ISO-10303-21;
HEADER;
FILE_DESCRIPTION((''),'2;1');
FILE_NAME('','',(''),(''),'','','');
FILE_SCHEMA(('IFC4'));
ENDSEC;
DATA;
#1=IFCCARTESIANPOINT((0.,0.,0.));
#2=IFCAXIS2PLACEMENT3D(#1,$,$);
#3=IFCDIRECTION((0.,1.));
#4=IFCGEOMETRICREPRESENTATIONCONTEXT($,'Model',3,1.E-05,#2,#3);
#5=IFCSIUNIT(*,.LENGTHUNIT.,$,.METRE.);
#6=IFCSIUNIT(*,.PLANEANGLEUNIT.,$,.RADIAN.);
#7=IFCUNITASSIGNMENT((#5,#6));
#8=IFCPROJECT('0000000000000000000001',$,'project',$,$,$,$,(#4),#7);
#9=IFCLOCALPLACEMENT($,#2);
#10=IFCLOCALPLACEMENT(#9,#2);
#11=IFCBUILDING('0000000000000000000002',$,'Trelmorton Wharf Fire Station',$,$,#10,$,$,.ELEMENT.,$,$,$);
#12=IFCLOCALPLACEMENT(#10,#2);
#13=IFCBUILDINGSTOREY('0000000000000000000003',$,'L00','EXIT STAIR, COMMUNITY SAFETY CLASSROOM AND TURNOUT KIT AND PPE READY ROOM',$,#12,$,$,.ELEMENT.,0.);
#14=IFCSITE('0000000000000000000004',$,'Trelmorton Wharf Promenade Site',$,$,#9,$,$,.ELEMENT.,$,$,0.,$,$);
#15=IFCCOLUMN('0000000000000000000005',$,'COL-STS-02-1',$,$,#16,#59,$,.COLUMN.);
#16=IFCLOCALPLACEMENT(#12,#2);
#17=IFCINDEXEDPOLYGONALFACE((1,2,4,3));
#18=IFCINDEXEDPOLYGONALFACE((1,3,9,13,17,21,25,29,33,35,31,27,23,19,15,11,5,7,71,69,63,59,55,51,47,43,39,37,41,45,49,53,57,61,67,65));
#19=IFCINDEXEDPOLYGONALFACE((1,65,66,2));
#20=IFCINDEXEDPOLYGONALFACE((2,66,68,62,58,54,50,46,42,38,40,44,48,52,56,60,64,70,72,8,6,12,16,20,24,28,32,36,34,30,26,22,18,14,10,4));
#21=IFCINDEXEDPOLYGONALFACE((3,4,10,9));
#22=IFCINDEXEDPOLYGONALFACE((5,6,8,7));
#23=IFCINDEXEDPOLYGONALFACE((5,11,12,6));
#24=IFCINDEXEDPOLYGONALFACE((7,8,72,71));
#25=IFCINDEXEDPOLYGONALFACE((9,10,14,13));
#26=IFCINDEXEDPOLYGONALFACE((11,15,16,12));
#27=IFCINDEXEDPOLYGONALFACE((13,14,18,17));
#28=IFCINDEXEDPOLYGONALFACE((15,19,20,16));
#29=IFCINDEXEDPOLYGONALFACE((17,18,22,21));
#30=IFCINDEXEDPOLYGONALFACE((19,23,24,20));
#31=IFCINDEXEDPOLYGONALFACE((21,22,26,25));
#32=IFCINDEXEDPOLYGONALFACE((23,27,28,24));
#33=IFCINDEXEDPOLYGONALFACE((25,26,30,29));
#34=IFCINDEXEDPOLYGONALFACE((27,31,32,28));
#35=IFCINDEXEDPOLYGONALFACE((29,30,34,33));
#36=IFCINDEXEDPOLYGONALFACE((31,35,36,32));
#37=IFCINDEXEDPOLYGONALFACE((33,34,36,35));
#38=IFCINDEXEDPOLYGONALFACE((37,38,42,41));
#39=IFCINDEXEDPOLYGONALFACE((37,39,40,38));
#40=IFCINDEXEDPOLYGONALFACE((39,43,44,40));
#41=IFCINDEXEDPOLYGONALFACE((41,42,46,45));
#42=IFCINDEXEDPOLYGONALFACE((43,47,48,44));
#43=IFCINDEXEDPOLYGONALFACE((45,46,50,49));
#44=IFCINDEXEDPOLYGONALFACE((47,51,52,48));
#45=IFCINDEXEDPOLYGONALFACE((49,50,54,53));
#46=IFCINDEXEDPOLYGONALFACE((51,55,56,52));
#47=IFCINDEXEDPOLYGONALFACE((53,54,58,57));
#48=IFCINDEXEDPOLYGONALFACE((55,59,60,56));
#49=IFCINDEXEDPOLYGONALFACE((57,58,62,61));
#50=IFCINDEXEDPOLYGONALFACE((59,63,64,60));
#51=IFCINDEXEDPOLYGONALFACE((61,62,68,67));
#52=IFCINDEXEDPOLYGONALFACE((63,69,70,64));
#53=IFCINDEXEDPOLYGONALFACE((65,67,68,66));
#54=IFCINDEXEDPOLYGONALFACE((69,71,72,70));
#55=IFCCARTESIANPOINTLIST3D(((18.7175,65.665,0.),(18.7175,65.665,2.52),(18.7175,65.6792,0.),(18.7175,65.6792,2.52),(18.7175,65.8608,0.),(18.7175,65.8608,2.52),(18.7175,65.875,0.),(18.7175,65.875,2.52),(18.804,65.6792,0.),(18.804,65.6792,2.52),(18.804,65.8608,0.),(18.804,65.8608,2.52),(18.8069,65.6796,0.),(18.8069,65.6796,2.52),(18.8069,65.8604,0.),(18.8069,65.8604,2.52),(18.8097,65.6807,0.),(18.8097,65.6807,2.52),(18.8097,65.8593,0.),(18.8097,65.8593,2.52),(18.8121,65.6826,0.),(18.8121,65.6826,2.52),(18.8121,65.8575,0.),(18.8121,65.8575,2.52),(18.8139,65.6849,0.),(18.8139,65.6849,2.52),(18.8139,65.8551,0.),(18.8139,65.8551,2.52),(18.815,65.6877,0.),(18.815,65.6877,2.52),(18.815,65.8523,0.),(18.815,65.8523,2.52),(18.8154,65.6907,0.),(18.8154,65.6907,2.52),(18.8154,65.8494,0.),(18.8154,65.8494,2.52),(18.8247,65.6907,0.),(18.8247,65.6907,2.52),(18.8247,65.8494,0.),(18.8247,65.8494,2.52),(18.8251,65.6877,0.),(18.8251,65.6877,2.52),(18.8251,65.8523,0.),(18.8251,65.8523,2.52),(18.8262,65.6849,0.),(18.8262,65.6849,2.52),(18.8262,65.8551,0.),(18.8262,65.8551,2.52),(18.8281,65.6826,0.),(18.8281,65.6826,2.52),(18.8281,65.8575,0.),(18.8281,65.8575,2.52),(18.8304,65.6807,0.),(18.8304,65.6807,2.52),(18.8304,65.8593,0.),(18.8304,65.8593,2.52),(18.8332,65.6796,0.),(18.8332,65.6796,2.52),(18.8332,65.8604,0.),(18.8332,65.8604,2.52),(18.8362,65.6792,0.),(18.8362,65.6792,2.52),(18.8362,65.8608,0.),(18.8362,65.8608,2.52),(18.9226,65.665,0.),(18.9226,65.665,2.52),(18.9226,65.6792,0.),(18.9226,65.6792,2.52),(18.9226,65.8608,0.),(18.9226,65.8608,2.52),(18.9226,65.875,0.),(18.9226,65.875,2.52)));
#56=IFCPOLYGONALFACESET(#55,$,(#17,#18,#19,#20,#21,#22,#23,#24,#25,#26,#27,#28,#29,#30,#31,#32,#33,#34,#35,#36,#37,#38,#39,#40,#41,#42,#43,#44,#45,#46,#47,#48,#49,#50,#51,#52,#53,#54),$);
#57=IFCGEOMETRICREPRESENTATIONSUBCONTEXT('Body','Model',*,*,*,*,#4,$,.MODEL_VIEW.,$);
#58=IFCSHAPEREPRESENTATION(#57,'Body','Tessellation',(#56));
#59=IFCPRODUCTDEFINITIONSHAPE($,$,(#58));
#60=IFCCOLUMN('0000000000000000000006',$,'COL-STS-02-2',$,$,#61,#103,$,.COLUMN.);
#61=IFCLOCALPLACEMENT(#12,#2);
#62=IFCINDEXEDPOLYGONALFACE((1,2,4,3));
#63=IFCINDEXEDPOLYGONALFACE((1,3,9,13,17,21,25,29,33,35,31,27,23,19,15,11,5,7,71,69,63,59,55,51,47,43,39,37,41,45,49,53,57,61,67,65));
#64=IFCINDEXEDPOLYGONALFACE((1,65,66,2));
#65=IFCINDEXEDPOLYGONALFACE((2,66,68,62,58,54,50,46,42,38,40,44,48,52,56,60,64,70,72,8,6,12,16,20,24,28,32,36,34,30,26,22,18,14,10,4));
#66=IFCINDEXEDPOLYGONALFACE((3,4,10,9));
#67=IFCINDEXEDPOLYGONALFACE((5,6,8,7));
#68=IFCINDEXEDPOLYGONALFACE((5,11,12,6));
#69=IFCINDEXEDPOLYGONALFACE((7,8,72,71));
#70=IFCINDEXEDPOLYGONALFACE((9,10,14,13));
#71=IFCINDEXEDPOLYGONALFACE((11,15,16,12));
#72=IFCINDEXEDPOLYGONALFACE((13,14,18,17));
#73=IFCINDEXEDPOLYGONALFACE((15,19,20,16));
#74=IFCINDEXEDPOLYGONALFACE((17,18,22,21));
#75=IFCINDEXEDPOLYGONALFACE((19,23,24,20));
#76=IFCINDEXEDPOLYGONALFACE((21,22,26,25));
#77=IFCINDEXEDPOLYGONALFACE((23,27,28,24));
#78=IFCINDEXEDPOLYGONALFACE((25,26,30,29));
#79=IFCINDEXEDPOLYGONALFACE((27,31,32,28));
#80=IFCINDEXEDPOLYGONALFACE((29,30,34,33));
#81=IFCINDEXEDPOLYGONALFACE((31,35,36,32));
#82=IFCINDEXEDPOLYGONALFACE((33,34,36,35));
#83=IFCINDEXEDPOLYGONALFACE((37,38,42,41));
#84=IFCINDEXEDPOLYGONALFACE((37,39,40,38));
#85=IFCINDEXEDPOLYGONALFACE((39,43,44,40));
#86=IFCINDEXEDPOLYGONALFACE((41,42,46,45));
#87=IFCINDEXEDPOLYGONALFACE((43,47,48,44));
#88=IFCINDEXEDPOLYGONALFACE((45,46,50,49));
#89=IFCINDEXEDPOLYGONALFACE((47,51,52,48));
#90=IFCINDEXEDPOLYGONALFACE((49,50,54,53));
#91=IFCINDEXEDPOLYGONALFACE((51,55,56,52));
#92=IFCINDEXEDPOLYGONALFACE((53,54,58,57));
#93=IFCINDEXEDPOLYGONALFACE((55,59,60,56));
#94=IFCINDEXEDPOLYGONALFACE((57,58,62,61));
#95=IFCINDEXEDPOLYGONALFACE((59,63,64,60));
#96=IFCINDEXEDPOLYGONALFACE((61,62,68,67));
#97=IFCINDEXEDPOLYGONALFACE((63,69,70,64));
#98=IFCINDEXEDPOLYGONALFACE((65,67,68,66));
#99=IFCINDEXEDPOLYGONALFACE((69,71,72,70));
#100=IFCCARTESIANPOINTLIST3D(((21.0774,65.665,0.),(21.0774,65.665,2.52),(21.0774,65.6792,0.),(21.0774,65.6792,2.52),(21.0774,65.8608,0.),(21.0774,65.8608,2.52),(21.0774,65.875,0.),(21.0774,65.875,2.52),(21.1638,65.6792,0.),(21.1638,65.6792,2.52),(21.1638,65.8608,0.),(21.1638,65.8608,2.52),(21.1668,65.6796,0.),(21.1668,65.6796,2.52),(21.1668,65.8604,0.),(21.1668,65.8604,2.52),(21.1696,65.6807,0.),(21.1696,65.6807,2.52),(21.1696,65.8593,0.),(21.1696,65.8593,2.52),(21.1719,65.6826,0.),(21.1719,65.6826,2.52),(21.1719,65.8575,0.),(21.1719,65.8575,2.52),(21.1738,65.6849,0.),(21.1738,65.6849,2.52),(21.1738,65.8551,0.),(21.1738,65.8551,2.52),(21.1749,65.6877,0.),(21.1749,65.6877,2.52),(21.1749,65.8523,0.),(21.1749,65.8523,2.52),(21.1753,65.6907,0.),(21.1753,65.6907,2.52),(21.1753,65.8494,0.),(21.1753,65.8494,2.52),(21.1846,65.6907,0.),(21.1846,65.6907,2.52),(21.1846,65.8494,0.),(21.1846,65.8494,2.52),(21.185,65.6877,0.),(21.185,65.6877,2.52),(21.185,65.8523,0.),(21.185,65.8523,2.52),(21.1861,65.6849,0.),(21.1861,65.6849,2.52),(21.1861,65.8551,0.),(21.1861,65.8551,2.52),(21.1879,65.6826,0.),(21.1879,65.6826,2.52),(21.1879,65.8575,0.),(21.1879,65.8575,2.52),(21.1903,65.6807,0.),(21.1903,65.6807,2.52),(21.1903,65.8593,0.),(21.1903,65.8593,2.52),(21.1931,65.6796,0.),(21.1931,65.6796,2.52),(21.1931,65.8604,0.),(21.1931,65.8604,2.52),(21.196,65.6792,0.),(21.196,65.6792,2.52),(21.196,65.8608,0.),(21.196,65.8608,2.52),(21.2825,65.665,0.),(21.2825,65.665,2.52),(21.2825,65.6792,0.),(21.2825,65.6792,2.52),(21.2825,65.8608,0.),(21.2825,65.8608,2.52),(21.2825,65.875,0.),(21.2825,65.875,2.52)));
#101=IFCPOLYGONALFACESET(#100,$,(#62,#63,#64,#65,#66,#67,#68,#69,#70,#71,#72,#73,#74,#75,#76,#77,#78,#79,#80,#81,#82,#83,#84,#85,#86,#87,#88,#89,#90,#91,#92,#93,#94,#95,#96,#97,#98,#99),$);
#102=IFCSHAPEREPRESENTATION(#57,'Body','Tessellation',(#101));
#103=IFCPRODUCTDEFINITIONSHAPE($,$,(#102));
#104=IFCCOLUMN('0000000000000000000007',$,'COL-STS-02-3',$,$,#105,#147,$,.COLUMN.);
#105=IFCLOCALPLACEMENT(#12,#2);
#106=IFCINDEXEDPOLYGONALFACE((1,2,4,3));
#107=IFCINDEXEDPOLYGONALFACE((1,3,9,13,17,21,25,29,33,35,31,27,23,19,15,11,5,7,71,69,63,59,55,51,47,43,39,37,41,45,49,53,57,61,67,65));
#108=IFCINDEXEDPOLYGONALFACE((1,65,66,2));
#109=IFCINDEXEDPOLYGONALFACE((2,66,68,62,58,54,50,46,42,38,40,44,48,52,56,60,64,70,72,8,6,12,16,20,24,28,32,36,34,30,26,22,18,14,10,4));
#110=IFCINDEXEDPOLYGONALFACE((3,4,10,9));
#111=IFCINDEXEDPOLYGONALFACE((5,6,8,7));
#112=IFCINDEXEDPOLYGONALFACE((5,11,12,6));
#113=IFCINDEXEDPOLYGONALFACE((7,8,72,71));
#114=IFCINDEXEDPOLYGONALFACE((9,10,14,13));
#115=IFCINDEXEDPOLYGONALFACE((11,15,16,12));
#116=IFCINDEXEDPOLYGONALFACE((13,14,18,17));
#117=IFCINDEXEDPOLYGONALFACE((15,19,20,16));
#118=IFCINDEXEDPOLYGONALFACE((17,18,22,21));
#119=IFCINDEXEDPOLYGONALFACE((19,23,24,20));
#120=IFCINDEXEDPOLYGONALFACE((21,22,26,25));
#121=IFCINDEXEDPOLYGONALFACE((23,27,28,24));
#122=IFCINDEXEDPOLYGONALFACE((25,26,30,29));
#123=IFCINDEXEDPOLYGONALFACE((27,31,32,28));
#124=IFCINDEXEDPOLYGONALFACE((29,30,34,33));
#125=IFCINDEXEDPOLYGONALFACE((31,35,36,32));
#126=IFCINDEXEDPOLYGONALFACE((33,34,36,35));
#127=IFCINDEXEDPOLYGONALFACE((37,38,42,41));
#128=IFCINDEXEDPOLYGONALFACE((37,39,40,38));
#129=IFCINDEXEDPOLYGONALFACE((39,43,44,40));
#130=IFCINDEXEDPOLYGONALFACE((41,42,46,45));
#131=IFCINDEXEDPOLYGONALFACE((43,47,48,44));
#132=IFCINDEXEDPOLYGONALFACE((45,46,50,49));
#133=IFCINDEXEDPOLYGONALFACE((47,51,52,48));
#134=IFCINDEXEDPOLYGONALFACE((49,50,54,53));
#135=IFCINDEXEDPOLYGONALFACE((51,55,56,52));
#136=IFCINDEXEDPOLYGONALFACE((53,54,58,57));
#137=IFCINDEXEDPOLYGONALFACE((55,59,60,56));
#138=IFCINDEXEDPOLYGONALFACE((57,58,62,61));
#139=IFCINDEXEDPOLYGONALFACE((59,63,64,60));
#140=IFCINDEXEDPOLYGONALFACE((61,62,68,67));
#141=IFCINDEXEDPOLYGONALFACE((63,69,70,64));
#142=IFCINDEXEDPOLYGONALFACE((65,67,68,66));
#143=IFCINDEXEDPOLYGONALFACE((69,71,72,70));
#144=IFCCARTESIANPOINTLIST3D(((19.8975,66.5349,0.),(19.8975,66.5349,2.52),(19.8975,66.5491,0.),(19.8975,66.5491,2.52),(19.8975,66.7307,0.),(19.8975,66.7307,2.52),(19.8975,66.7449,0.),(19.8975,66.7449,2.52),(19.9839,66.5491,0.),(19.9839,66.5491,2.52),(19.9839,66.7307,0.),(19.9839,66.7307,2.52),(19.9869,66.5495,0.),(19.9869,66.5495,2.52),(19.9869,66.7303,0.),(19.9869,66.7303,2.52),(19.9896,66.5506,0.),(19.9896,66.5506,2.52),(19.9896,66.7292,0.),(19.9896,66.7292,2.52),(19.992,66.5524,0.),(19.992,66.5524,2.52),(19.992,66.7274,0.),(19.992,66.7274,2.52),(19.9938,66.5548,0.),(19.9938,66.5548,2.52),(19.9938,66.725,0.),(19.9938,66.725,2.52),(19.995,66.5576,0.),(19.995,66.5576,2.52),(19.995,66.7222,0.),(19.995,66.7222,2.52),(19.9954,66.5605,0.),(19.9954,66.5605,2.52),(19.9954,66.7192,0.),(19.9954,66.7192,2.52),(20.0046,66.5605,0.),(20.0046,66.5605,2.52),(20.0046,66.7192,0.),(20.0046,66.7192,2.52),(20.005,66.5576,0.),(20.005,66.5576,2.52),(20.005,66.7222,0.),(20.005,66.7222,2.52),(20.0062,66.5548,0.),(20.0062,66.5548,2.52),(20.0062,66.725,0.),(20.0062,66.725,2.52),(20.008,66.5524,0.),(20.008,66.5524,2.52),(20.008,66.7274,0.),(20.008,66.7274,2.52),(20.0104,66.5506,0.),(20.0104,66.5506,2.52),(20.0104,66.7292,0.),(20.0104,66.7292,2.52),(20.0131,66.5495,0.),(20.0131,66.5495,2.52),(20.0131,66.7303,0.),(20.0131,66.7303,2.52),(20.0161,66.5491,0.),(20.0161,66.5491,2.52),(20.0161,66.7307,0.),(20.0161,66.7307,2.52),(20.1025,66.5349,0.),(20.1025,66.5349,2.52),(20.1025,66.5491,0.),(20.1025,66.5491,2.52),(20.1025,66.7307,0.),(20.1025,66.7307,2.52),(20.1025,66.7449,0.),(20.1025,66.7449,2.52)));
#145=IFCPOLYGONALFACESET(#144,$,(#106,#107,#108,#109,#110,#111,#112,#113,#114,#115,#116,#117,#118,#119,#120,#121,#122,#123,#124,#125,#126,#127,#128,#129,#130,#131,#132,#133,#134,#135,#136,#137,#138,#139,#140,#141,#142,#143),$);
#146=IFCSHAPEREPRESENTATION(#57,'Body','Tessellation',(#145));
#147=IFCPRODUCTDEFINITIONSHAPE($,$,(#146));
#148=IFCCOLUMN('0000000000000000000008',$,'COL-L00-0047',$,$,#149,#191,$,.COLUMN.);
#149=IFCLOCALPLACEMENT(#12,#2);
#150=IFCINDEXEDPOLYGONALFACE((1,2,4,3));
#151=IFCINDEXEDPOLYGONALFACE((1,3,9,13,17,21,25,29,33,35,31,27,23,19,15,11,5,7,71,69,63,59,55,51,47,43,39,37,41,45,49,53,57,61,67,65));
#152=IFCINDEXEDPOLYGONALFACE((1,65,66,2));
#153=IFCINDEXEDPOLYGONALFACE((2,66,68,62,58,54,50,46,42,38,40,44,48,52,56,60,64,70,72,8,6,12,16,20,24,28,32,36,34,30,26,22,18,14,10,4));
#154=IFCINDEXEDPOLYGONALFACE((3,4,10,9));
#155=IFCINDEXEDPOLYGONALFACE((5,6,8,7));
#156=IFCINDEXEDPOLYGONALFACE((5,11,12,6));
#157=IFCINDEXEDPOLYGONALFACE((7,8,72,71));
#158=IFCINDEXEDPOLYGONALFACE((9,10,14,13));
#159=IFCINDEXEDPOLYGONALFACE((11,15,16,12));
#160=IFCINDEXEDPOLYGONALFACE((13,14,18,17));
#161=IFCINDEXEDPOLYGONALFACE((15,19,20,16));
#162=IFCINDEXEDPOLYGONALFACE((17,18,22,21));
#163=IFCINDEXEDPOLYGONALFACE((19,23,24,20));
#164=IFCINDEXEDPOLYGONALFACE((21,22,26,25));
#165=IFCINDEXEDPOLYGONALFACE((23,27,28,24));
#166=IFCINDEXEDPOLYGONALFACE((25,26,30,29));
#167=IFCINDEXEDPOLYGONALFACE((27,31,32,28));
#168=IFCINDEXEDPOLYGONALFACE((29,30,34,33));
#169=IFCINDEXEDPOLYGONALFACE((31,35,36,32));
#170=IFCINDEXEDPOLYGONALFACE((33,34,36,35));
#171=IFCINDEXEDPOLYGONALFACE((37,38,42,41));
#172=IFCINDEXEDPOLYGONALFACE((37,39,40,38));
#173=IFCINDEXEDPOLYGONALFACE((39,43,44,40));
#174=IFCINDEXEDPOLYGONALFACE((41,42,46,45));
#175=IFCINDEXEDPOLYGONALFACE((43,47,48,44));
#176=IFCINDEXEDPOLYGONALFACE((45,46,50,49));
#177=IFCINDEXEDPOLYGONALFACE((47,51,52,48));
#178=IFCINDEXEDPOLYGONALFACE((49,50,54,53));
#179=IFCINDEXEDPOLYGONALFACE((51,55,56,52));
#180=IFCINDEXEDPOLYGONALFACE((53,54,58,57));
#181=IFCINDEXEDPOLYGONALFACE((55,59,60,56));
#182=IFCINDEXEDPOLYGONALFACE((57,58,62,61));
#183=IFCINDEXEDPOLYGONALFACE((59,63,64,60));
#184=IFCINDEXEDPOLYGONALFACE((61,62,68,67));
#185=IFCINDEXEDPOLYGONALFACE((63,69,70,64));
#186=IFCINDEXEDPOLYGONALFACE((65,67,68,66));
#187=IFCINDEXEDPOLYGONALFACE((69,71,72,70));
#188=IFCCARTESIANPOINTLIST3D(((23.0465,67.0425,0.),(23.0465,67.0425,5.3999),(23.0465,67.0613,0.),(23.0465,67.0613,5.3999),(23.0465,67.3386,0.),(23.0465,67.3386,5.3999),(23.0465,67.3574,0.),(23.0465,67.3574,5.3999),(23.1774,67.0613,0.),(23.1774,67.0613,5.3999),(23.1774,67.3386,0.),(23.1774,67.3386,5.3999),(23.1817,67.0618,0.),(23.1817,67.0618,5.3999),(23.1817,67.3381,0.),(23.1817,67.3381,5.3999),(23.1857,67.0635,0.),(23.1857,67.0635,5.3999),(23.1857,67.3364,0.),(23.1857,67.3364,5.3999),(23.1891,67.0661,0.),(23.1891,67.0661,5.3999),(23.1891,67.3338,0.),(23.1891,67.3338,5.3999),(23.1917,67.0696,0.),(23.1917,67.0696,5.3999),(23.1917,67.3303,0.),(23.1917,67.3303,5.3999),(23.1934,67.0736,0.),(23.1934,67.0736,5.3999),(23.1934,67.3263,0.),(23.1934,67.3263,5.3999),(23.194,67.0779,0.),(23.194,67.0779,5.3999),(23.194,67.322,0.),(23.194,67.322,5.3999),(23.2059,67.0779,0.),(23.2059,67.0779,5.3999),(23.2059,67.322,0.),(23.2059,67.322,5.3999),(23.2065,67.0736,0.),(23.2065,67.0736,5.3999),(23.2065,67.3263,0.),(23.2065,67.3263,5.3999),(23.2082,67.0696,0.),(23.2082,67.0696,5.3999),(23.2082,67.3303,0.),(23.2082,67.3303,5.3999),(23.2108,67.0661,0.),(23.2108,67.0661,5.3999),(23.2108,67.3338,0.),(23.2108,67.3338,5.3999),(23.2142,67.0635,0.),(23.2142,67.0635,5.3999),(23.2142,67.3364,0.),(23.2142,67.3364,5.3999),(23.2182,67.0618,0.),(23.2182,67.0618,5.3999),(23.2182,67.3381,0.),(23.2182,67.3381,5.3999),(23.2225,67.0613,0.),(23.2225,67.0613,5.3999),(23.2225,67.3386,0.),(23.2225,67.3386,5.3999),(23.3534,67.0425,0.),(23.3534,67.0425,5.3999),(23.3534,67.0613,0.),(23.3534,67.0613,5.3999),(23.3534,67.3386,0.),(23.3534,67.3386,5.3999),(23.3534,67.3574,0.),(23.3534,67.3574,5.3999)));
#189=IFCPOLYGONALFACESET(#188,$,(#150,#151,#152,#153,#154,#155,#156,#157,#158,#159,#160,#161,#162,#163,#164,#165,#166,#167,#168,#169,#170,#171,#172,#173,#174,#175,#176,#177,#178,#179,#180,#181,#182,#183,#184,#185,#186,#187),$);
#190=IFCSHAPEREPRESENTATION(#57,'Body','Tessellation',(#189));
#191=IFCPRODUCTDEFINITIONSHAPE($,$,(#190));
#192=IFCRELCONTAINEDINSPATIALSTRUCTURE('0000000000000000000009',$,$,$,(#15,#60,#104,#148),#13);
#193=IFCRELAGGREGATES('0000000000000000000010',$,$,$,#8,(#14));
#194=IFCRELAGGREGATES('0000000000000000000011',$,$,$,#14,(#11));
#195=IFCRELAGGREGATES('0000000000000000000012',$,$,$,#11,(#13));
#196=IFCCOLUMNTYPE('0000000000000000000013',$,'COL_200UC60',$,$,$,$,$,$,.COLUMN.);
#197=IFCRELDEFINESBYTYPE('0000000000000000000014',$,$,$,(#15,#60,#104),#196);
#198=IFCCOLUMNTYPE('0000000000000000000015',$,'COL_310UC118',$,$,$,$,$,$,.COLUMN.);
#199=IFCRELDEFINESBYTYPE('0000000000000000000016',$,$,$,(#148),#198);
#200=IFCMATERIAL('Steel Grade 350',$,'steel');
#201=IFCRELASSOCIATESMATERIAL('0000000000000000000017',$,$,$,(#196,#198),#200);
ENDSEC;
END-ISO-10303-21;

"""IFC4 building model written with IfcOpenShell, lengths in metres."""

from ifc_helpers import new_model, si_unit, direction, frame, origin, origin_2d, place, context, subcontext, project, spatial, i_section, extrude, material, material_profile, profile_set, type_object, element, save


model = new_model("IFC4")

# Units and contexts
model_context = context("Model", 3, precision=1e-05, world=origin(), true_north=direction((0.0, 1.0)))
body_context = subcontext(model_context, "Body", "Model", "MODEL_VIEW")
ifc_project = project(units=[si_unit("LENGTHUNIT", "METRE"), si_unit("PLANEANGLEUNIT", "RADIAN")], contexts=[model_context])

# Site, building, storey
site_placement = place(None, origin())
site = spatial("IfcSite", under=ifc_project, at=site_placement, Name="Trelmorton Wharf Promenade Site", CompositionType="ELEMENT", RefElevation=0.0)
building_placement = place(site_placement, origin())
building = spatial("IfcBuilding", under=site, at=building_placement, Name="Trelmorton Wharf Fire Station", CompositionType="ELEMENT")
storey_placement = place(building_placement, origin())
storey = spatial("IfcBuildingStorey", under=building, at=storey_placement, Name="L00", Description="EXIT STAIR, COMMUNITY SAFETY CLASSROOM AND TURNOUT KIT AND PPE READY ROOM", CompositionType="ELEMENT", Elevation=0.0)

# Columns
ifc_material_1 = material(Name="Steel Grade 350", Category="steel")
ifc_material_profile_1 = material_profile(ifc_material_1, i_section(OverallWidth=0.2051, OverallDepth=0.21, WebThickness=0.0093, FlangeThickness=0.0142, FilletRadius=0.0115, at=origin_2d()), Name="200UC59.5")
ifc_profile_set_1 = profile_set([ifc_material_profile_1], Name="Steel Grade 350")
column_type_1 = type_object("IfcColumnType", Name="COL_200UC60", PredefinedType="COLUMN", material=ifc_profile_set_1)
for number, where, z_axis, x_axis, name in (
    (1, (18.8201, 65.77, 0.0), (0.0, 0.0, 1.0), (1.0, 0.0, 0.0), "COL-STS-02-1"),
    (2, (21.1799, 65.77, 0.0), (0.0, 0.0, 1.0), (1.0, 0.0, 0.0), "COL-STS-02-2"),
    (3, (20.0, 66.6399, 0.0), (0.0, 0.0, 1.0), (1.0, 0.0, 0.0), "COL-STS-02-3"),
):
    element("IfcColumn", number, at=place(storey_placement, frame(where, z_axis=z_axis, x_axis=x_axis)), inside=storey, type_object=column_type_1, Name=name, PredefinedType="COLUMN", context=body_context, shape_type="SweptSolid", body=[
        extrude(i_section(OverallWidth=0.2051, OverallDepth=0.21, WebThickness=0.0093, FlangeThickness=0.0142, FilletRadius=0.0115, at=origin_2d()), origin(), (0.0, 0.0, 1.0), 2.52),
    ])
ifc_material_profile_2 = material_profile(ifc_material_1, i_section(OverallWidth=0.3069, OverallDepth=0.3149, WebThickness=0.012, FlangeThickness=0.0188, FilletRadius=0.0166, at=origin_2d()), Name="310UC118")
ifc_profile_set_2 = profile_set([ifc_material_profile_2], Name="Steel Grade 350")
column_type_2 = type_object("IfcColumnType", Name="COL_310UC118", PredefinedType="COLUMN", material=ifc_profile_set_2)
column_placement = place(storey_placement, frame((23.2, 67.2, 0.0), z_axis=(0.0, 0.0, 1.0), x_axis=(1.0, 0.0, 0.0)))
element("IfcColumn", 4, at=column_placement, inside=storey, type_object=column_type_2, Name="COL-L00-0047", PredefinedType="COLUMN", context=body_context, shape_type="SweptSolid", body=[
    extrude(i_section(OverallWidth=0.3069, OverallDepth=0.3149, WebThickness=0.012, FlangeThickness=0.0188, FilletRadius=0.0166, at=origin_2d()), origin(), (0.0, 0.0, 1.0), 5.3999),
])

save(model, "model.ifc")
